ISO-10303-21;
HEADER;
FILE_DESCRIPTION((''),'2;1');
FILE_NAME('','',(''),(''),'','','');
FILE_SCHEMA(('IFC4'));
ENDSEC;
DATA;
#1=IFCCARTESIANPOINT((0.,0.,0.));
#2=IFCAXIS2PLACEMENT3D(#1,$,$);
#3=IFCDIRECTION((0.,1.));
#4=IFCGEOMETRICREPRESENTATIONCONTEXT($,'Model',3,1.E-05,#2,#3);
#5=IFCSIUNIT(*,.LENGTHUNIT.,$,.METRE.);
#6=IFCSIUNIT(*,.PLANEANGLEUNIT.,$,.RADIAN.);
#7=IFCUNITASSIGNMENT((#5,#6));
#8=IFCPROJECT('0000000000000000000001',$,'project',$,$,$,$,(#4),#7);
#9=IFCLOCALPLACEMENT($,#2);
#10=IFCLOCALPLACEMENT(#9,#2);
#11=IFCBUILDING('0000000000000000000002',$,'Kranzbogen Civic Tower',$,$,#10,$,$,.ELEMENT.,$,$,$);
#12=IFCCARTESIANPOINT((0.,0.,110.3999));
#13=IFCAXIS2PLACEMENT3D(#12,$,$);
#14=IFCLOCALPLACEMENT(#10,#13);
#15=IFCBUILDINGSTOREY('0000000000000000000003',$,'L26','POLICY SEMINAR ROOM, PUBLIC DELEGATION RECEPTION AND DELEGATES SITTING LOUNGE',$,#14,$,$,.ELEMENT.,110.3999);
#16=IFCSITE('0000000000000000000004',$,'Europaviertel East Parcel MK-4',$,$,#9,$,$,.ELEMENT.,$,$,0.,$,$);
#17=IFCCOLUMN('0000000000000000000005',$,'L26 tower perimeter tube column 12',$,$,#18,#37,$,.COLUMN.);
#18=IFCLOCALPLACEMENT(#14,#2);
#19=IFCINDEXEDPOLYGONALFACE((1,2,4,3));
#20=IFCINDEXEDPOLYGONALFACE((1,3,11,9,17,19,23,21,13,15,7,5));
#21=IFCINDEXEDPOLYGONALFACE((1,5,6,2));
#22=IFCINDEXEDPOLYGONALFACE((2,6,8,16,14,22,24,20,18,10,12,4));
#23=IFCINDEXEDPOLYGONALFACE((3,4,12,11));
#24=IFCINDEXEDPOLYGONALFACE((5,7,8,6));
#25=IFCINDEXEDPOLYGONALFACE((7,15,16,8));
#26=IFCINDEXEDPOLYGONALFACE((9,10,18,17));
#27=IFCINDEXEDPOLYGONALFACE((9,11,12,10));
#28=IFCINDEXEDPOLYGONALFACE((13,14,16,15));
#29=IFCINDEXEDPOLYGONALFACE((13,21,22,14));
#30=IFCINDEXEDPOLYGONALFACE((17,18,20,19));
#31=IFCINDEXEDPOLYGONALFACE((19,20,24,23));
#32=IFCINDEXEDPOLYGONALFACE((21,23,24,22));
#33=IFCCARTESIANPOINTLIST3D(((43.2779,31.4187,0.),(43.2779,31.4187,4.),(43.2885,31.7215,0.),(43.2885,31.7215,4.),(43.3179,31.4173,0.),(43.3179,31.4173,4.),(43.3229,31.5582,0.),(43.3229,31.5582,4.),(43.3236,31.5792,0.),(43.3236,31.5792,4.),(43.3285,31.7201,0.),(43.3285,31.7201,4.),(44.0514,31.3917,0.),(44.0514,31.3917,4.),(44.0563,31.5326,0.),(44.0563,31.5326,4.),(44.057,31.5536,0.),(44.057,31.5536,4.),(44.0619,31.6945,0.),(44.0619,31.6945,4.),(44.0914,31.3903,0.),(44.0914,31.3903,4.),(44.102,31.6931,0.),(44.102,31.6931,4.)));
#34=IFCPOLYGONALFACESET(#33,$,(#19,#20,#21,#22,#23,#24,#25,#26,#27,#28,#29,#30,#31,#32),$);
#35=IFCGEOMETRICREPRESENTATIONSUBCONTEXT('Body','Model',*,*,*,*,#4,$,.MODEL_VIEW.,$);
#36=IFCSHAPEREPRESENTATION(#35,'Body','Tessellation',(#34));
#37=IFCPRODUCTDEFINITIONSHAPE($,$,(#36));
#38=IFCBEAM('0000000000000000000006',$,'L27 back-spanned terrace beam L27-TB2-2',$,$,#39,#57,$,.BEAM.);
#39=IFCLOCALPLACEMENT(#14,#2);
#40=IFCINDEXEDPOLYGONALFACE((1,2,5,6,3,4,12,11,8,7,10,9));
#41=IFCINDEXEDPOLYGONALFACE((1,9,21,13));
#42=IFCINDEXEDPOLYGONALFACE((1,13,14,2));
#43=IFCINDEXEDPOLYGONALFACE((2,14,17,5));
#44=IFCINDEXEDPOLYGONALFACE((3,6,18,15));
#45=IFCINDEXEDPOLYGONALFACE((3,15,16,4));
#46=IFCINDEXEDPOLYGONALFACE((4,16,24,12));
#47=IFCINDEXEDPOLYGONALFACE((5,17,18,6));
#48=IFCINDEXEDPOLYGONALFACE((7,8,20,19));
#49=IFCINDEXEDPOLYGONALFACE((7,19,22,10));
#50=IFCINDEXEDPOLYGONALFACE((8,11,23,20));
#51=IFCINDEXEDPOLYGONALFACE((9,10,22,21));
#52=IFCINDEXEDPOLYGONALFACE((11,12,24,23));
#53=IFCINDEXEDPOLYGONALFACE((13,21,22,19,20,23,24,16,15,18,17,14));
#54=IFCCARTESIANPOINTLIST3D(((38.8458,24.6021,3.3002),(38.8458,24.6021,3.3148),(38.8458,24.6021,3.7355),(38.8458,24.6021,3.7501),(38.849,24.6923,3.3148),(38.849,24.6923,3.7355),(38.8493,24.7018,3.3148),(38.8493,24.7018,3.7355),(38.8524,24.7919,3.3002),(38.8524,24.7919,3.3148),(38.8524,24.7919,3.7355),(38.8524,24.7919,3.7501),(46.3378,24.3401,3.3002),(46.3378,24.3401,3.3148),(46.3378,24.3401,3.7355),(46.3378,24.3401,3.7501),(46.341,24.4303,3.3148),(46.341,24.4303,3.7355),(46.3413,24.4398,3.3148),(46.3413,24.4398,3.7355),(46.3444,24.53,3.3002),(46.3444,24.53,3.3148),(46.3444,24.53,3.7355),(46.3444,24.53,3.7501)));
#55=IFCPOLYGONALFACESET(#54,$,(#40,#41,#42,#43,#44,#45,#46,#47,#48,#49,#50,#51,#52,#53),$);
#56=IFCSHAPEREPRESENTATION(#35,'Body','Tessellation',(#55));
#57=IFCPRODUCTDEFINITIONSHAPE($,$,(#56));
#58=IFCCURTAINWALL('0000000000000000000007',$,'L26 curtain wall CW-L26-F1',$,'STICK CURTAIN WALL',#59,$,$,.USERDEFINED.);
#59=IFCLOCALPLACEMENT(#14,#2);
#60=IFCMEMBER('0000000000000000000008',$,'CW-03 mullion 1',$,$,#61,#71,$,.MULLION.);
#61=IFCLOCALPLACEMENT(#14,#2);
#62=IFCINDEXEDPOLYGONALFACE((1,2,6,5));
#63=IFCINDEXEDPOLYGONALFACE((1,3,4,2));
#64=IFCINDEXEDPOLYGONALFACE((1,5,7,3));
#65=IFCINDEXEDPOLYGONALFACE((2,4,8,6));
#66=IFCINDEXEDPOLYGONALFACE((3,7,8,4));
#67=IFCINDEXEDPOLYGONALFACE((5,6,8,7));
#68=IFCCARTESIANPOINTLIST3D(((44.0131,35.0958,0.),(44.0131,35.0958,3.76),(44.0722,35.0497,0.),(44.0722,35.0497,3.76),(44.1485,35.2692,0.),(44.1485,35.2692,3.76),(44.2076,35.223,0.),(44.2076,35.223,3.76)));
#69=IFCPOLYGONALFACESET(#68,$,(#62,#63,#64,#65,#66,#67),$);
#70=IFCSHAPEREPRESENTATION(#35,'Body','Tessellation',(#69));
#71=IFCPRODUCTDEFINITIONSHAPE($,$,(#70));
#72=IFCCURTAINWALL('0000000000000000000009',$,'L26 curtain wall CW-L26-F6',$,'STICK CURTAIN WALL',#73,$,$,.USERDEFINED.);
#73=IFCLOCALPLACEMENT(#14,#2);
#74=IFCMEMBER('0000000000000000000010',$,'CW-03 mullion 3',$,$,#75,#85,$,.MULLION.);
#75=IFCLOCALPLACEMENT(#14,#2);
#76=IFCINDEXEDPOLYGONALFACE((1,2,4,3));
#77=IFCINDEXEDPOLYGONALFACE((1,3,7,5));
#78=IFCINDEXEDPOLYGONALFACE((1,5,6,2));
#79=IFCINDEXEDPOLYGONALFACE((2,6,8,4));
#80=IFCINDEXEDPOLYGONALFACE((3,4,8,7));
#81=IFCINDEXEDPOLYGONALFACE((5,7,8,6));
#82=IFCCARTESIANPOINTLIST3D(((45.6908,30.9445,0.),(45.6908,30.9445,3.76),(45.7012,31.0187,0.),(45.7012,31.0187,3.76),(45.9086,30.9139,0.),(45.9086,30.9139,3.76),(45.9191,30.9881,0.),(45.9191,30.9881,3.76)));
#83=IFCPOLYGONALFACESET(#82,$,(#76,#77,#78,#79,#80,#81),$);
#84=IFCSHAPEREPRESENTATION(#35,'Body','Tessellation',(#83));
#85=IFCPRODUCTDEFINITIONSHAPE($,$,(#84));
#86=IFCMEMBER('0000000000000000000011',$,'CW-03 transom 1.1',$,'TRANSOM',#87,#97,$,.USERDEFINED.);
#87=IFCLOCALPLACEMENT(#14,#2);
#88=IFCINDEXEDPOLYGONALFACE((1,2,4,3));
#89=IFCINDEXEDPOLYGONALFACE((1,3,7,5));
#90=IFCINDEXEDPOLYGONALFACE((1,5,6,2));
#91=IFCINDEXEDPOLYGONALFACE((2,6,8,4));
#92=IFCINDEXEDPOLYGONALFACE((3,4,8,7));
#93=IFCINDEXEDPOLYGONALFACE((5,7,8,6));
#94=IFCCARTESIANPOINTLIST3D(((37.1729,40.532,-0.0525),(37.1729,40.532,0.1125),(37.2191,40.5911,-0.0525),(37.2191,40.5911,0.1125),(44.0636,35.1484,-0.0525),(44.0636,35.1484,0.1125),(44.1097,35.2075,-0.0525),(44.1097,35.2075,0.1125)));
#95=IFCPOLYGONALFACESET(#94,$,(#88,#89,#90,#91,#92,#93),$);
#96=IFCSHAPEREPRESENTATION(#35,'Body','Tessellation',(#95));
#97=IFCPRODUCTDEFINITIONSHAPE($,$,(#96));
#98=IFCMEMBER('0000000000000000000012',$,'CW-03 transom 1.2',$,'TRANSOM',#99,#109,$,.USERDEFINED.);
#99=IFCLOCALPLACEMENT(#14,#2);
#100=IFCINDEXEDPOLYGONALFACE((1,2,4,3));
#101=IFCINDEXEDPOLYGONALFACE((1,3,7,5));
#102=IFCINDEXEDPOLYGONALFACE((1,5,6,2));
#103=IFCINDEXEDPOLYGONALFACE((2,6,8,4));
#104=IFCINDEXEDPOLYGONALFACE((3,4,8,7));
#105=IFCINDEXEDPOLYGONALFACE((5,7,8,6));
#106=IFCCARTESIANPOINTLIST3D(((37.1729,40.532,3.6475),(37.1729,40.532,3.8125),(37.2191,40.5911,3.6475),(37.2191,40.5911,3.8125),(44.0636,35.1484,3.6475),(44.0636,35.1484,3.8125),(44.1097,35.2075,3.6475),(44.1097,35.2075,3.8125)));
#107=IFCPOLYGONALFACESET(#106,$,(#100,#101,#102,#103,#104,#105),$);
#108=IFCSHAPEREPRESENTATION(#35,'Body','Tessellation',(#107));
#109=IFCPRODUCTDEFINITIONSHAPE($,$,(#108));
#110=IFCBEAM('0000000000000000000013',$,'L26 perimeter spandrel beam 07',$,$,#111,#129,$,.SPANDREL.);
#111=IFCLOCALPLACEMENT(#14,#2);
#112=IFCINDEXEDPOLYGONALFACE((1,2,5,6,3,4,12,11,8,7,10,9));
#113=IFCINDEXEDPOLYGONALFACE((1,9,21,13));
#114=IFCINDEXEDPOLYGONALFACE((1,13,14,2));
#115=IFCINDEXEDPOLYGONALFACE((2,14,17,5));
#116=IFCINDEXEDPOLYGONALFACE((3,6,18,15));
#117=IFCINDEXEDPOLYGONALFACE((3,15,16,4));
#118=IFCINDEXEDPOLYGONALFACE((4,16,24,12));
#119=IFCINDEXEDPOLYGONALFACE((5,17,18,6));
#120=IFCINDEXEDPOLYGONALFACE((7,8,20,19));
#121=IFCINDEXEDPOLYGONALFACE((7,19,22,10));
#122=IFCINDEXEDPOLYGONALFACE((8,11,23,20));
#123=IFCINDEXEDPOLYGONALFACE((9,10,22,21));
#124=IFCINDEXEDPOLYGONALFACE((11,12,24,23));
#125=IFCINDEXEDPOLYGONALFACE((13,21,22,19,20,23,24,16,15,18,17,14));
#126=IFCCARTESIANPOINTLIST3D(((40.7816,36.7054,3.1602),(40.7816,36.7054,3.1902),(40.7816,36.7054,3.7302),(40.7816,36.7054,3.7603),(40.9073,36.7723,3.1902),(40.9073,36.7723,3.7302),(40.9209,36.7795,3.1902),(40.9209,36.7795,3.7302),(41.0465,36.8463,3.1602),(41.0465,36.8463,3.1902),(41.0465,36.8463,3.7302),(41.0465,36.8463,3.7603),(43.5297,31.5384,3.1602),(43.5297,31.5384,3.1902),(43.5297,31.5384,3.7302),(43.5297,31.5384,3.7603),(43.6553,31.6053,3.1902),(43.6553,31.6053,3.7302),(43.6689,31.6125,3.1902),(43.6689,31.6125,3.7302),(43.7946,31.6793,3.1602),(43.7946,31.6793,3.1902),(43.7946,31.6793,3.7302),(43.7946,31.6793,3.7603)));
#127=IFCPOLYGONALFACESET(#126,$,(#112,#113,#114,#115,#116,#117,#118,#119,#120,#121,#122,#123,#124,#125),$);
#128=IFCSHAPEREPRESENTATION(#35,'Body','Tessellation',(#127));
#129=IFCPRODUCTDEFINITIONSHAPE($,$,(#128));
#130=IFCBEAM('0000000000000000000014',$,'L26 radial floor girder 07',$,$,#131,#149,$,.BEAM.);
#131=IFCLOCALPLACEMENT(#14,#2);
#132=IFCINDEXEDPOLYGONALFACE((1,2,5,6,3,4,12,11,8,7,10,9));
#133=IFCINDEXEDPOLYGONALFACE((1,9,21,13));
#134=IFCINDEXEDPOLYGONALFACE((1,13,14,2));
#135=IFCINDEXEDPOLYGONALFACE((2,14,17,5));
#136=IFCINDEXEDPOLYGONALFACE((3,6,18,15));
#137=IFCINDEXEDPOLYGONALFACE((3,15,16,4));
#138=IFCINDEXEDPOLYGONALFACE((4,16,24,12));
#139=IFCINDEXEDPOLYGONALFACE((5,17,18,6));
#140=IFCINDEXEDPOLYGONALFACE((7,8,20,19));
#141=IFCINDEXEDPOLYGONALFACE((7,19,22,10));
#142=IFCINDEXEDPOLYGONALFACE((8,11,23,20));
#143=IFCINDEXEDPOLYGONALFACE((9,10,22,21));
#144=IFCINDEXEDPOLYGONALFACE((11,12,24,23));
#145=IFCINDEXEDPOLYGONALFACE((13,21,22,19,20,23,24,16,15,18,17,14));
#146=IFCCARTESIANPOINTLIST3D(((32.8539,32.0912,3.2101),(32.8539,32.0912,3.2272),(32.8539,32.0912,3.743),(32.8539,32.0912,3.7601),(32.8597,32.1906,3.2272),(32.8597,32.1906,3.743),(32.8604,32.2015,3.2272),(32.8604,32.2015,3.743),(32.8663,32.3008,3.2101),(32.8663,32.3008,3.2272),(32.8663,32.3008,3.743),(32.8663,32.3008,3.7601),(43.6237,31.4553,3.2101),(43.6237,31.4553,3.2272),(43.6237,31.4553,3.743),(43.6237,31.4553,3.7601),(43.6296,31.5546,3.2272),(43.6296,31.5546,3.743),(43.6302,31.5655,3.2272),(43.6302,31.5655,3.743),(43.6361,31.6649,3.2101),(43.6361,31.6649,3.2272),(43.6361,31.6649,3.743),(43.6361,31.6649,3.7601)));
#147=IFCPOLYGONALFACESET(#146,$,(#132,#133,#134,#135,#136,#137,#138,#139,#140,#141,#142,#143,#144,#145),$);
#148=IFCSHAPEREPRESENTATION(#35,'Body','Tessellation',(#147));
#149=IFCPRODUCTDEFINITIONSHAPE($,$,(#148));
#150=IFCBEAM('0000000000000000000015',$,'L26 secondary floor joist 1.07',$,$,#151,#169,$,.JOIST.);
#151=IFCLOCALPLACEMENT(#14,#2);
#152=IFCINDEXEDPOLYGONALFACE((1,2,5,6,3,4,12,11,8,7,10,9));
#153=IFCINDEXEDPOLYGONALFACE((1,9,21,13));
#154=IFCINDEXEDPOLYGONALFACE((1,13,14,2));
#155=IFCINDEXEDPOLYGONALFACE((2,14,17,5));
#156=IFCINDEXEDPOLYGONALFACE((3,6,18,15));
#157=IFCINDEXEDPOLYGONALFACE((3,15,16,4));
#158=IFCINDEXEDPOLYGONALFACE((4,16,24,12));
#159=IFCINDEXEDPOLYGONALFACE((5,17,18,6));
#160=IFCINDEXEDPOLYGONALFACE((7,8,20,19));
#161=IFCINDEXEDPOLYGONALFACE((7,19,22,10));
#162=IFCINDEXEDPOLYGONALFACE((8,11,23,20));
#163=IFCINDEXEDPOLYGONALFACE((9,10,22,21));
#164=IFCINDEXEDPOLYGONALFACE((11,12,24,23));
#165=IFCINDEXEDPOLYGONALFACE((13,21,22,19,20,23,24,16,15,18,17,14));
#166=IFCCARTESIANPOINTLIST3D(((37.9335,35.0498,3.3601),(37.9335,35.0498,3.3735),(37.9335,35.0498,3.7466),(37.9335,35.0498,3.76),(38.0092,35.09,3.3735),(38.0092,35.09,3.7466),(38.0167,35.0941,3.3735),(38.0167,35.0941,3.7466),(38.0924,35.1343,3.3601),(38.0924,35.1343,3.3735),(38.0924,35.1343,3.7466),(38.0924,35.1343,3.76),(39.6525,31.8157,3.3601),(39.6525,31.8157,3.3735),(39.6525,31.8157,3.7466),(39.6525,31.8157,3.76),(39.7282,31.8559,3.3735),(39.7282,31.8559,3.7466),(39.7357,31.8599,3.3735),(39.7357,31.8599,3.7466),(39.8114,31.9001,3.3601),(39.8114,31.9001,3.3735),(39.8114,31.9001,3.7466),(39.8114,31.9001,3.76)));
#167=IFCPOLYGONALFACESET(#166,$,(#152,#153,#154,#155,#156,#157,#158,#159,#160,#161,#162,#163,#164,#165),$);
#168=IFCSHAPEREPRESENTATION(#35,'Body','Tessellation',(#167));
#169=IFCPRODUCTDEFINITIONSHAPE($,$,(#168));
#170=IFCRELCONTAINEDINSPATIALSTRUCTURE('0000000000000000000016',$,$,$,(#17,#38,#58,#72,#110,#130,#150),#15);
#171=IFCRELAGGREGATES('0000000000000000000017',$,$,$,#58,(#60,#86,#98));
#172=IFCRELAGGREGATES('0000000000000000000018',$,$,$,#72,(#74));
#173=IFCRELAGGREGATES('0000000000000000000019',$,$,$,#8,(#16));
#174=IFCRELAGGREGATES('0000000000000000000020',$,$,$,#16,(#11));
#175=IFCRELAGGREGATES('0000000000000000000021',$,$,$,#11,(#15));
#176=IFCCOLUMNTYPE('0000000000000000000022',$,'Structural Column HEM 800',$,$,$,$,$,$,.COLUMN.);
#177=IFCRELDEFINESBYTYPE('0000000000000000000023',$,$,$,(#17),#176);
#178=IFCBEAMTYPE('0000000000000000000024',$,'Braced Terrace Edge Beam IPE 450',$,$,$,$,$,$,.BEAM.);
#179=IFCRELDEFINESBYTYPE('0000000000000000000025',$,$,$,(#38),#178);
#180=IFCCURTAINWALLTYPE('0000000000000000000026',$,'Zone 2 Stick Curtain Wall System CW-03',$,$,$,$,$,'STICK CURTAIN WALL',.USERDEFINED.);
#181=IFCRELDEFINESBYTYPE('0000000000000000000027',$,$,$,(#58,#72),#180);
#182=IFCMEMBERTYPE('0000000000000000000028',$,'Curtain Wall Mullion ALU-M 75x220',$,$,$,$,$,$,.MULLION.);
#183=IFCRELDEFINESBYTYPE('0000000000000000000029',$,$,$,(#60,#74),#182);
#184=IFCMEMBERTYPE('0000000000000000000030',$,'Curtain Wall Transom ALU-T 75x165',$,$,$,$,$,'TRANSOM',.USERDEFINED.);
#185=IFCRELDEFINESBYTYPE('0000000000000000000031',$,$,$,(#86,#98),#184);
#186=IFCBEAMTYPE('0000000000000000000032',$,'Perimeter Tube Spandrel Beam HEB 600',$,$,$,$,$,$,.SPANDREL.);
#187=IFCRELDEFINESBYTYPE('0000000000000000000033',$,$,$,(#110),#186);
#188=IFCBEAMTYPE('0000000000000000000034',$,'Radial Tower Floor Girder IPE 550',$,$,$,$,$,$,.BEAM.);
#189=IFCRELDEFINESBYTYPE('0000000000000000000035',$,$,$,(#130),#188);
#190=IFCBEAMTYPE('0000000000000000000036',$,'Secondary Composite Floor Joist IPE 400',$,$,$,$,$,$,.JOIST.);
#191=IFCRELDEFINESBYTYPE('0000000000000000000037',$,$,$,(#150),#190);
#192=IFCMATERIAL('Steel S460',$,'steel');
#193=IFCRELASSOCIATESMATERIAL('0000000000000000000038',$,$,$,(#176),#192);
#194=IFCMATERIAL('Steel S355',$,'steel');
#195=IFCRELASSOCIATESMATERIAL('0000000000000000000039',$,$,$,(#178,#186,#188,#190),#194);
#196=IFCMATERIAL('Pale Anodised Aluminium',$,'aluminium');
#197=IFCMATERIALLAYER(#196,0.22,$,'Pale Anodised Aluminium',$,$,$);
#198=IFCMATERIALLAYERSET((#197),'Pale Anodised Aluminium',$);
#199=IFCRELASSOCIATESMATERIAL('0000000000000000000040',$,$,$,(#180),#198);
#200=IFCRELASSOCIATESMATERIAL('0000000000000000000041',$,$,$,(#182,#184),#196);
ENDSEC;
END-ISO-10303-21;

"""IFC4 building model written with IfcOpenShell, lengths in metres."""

from ifc_helpers import new_model, si_unit, direction, frame, origin, origin_2d, place, context, subcontext, project, spatial, rectangle, i_section, extrude, material, layer, layer_set, material_profile, profile_set, type_object, element, aggregate, save


model = new_model("IFC4")

# Units and contexts
model_context = context("Model", 3, precision=1e-05, world=origin(), true_north=direction((0.0, 1.0)))
body_context = subcontext(model_context, "Body", "Model", "MODEL_VIEW")
ifc_project = project(units=[si_unit("LENGTHUNIT", "METRE"), si_unit("PLANEANGLEUNIT", "RADIAN")], contexts=[model_context])

# Site, building, storey
site_placement = place(None, origin())
site = spatial("IfcSite", under=ifc_project, at=site_placement, Name="Europaviertel East Parcel MK-4", CompositionType="ELEMENT", RefElevation=0.0)
building_placement = place(site_placement, origin())
building = spatial("IfcBuilding", under=site, at=building_placement, Name="Kranzbogen Civic Tower", CompositionType="ELEMENT")
storey_placement = place(building_placement, frame((0.0, 0.0, 110.3999)))
storey = spatial("IfcBuildingStorey", under=building, at=storey_placement, Name="L26", Description="POLICY SEMINAR ROOM, PUBLIC DELEGATION RECEPTION AND DELEGATES SITTING LOUNGE", CompositionType="ELEMENT", Elevation=110.3999)

# Column
ifc_material_1 = material(Name="Steel S460", Category="steel")
ifc_material_profile_1 = material_profile(ifc_material_1, i_section(OverallWidth=0.303, OverallDepth=0.814, WebThickness=0.021, FlangeThickness=0.04, at=origin_2d()), Name="HEM 800")
ifc_profile_set_1 = profile_set([ifc_material_profile_1], Name="Steel S460")
column_type = type_object("IfcColumnType", Name="Structural Column HEM 800", PredefinedType="COLUMN", material=ifc_profile_set_1)
column_placement = place(storey_placement, frame((43.6899, 31.5559, 0.0), z_axis=(0.0, 0.0, 1.0), x_axis=(0.034899, 0.999391, 0.0)))
element("IfcColumn", 1, at=column_placement, inside=storey, type_object=column_type, Name="L26 tower perimeter tube column 12", PredefinedType="COLUMN", context=body_context, shape_type="SweptSolid", body=[
    extrude(i_section(OverallWidth=0.303, OverallDepth=0.814, WebThickness=0.021, FlangeThickness=0.04, at=origin_2d()), origin(), (0.0, 0.0, 1.0), 4.0),
])

# Beam
ifc_material_2 = material(Name="Steel S355", Category="steel")
ifc_material_profile_2 = material_profile(ifc_material_2, i_section(OverallWidth=0.1899, OverallDepth=0.45, WebThickness=0.0095, FlangeThickness=0.0146, at=origin_2d()), Name="IPE 450")
ifc_profile_set_2 = profile_set([ifc_material_profile_2], Name="Steel S355")
beam_type_1 = type_object("IfcBeamType", Name="Braced Terrace Edge Beam IPE 450", PredefinedType="BEAM", material=ifc_profile_set_2)
beam_1_placement = place(storey_placement, frame((38.8491, 24.697, 3.5251), z_axis=(0.999389, -0.034945, 0.0), x_axis=(0.034945, 0.999389, 0.0)))
element("IfcBeam", 2, at=beam_1_placement, inside=storey, type_object=beam_type_1, Name="L27 back-spanned terrace beam L27-TB2-2", PredefinedType="BEAM", context=body_context, shape_type="SweptSolid", body=[
    extrude(i_section(OverallWidth=0.1899, OverallDepth=0.45, WebThickness=0.0095, FlangeThickness=0.0146, at=origin_2d()), origin(), (0.0, 0.0, 1.0), 7.4966),
])

# Curtain walls, members
ifc_material_3 = material(Name="Pale Anodised Aluminium", Category="aluminium")
ifc_layer_1 = layer(ifc_material_3, 0.22, Name="Pale Anodised Aluminium")
ifc_layer_set_1 = layer_set([ifc_layer_1], Name="Pale Anodised Aluminium")
curtain_wall_type = type_object("IfcCurtainWallType", Name="Zone 2 Stick Curtain Wall System CW-03", ElementType="STICK CURTAIN WALL", PredefinedType="USERDEFINED", material=ifc_layer_set_1)
curtain_wall_1_placement = place(storey_placement, origin())
curtain_wall_1 = element("IfcCurtainWall", 3, at=curtain_wall_1_placement, inside=storey, type_object=curtain_wall_type, Name="L26 curtain wall CW-L26-F1", ObjectType="STICK CURTAIN WALL", PredefinedType="USERDEFINED")
ifc_material_profile_3 = material_profile(ifc_material_3, rectangle(XDim=0.075, YDim=0.22, at=origin_2d()), Name="ALU-M 75x220")
ifc_profile_set_3 = profile_set([ifc_material_profile_3], Name="Pale Anodised Aluminium")
member_type_1 = type_object("IfcMemberType", Name="Curtain Wall Mullion ALU-M 75x220", PredefinedType="MULLION", material=ifc_profile_set_3)
member_1_placement = place(storey_placement, frame((44.1104, 35.1594, 0.0), z_axis=(0.0, 0.0, 1.0), x_axis=(-0.788006, 0.615667, 0.0)))
member_1 = element("IfcMember", 4, at=member_1_placement, type_object=member_type_1, Name="CW-03 mullion 1", PredefinedType="MULLION", context=body_context, shape_type="SweptSolid", body=[
    extrude(rectangle(XDim=0.075, YDim=0.22, at=origin_2d()), origin(), (0.0, 0.0, 1.0), 3.76),
])
curtain_wall_2_placement = place(storey_placement, origin())
curtain_wall_2 = element("IfcCurtainWall", 5, at=curtain_wall_2_placement, inside=storey, type_object=curtain_wall_type, Name="L26 curtain wall CW-L26-F6", ObjectType="STICK CURTAIN WALL", PredefinedType="USERDEFINED")
member_2_placement = place(storey_placement, frame((45.8049, 30.9663, 0.0), z_axis=(0.0, 0.0, 1.0), x_axis=(0.139179, 0.990267, 0.0)))
member_2 = element("IfcMember", 6, at=member_2_placement, type_object=member_type_1, Name="CW-03 mullion 3", PredefinedType="MULLION", context=body_context, shape_type="SweptSolid", body=[
    extrude(rectangle(XDim=0.075, YDim=0.22, at=origin_2d()), origin(), (0.0, 0.0, 1.0), 3.76),
])

# Members
ifc_material_profile_4 = material_profile(ifc_material_3, rectangle(XDim=0.075, YDim=0.165, at=origin_2d()), Name="ALU-T 75x165")
ifc_profile_set_4 = profile_set([ifc_material_profile_4], Name="Pale Anodised Aluminium")
member_type_2 = type_object("IfcMemberType", Name="Curtain Wall Transom ALU-T 75x165", ElementType="TRANSOM", PredefinedType="USERDEFINED", material=ifc_profile_set_4)
member_3_placement = place(storey_placement, frame((44.0867, 35.178, 0.03), z_axis=(-0.788011, 0.615661, 0.0), x_axis=(-0.615661, -0.788011, 0.0)))
member_3 = element("IfcMember", 7, at=member_3_placement, type_object=member_type_2, Name="CW-03 transom 1.1", ObjectType="TRANSOM", PredefinedType="USERDEFINED", context=body_context, shape_type="SweptSolid", body=[
    extrude(rectangle(XDim=0.075, YDim=0.165, at=origin_2d()), origin(), (0.0, 0.0, 1.0), 8.7444),
])
member_4_placement = place(storey_placement, frame((44.0867, 35.178, 3.73), z_axis=(-0.788011, 0.615661, 0.0), x_axis=(-0.615661, -0.788011, 0.0)))
member_4 = element("IfcMember", 8, at=member_4_placement, type_object=member_type_2, Name="CW-03 transom 1.2", ObjectType="TRANSOM", PredefinedType="USERDEFINED", context=body_context, shape_type="SweptSolid", body=[
    extrude(rectangle(XDim=0.075, YDim=0.165, at=origin_2d()), origin(), (0.0, 0.0, 1.0), 8.7444),
])
aggregate(curtain_wall_1, [member_1, member_3, member_4])

# Beams
ifc_material_profile_5 = material_profile(ifc_material_2, i_section(OverallWidth=0.3, OverallDepth=0.6001, WebThickness=0.0154, FlangeThickness=0.03, at=origin_2d()), Name="HEB 600")
ifc_profile_set_5 = profile_set([ifc_material_profile_5], Name="Steel S355")
beam_type_2 = type_object("IfcBeamType", Name="Perimeter Tube Spandrel Beam HEB 600", PredefinedType="SPANDREL", material=ifc_profile_set_5)
beam_2_placement = place(storey_placement, frame((43.6621, 31.6089, 3.4602), z_axis=(-0.469566, 0.882897, 0.0), x_axis=(-0.882897, -0.469566, 0.0)))
element("IfcBeam", 9, at=beam_2_placement, inside=storey, type_object=beam_type_2, Name="L26 perimeter spandrel beam 07", PredefinedType="SPANDREL", context=body_context, shape_type="SweptSolid", body=[
    extrude(i_section(OverallWidth=0.3, OverallDepth=0.6001, WebThickness=0.0154, FlangeThickness=0.03, at=origin_2d()), origin(), (0.0, 0.0, 1.0), 5.8523),
])
ifc_material_profile_6 = material_profile(ifc_material_2, i_section(OverallWidth=0.21, OverallDepth=0.55, WebThickness=0.011, FlangeThickness=0.0171, at=origin_2d()), Name="IPE 550")
ifc_profile_set_6 = profile_set([ifc_material_profile_6], Name="Steel S355")
beam_type_3 = type_object("IfcBeamType", Name="Radial Tower Floor Girder IPE 550", PredefinedType="BEAM", material=ifc_profile_set_6)
beam_3_placement = place(storey_placement, frame((43.6299, 31.5601, 3.4851), z_axis=(-0.998261, 0.05895, 0.0), x_axis=(-0.05895, -0.998261, 0.0)))
element("IfcBeam", 10, at=beam_3_placement, inside=storey, type_object=beam_type_3, Name="L26 radial floor girder 07", PredefinedType="BEAM", context=body_context, shape_type="SweptSolid", body=[
    extrude(i_section(OverallWidth=0.21, OverallDepth=0.55, WebThickness=0.011, FlangeThickness=0.0171, at=origin_2d()), origin(), (0.0, 0.0, 1.0), 10.7886),
])
ifc_material_profile_7 = material_profile(ifc_material_2, i_section(OverallWidth=0.1799, OverallDepth=0.3999, WebThickness=0.0085, FlangeThickness=0.0134, at=origin_2d()), Name="IPE 400")
ifc_profile_set_7 = profile_set([ifc_material_profile_7], Name="Steel S355")
beam_type_4 = type_object("IfcBeamType", Name="Secondary Composite Floor Joist IPE 400", PredefinedType="JOIST", material=ifc_profile_set_7)
beam_4_placement = place(storey_placement, frame((39.7319, 31.8579, 3.5601), z_axis=(-0.469339, 0.883018, 0.0), x_axis=(-0.883018, -0.469339, 0.0)))
element("IfcBeam", 11, at=beam_4_placement, inside=storey, type_object=beam_type_4, Name="L26 secondary floor joist 1.07", PredefinedType="JOIST", context=body_context, shape_type="SweptSolid", body=[
    extrude(i_section(OverallWidth=0.1799, OverallDepth=0.3999, WebThickness=0.0085, FlangeThickness=0.0134, at=origin_2d()), origin(), (0.0, 0.0, 1.0), 3.6626),
])

aggregate(curtain_wall_2, [member_2])

save(model, "model.ifc")
